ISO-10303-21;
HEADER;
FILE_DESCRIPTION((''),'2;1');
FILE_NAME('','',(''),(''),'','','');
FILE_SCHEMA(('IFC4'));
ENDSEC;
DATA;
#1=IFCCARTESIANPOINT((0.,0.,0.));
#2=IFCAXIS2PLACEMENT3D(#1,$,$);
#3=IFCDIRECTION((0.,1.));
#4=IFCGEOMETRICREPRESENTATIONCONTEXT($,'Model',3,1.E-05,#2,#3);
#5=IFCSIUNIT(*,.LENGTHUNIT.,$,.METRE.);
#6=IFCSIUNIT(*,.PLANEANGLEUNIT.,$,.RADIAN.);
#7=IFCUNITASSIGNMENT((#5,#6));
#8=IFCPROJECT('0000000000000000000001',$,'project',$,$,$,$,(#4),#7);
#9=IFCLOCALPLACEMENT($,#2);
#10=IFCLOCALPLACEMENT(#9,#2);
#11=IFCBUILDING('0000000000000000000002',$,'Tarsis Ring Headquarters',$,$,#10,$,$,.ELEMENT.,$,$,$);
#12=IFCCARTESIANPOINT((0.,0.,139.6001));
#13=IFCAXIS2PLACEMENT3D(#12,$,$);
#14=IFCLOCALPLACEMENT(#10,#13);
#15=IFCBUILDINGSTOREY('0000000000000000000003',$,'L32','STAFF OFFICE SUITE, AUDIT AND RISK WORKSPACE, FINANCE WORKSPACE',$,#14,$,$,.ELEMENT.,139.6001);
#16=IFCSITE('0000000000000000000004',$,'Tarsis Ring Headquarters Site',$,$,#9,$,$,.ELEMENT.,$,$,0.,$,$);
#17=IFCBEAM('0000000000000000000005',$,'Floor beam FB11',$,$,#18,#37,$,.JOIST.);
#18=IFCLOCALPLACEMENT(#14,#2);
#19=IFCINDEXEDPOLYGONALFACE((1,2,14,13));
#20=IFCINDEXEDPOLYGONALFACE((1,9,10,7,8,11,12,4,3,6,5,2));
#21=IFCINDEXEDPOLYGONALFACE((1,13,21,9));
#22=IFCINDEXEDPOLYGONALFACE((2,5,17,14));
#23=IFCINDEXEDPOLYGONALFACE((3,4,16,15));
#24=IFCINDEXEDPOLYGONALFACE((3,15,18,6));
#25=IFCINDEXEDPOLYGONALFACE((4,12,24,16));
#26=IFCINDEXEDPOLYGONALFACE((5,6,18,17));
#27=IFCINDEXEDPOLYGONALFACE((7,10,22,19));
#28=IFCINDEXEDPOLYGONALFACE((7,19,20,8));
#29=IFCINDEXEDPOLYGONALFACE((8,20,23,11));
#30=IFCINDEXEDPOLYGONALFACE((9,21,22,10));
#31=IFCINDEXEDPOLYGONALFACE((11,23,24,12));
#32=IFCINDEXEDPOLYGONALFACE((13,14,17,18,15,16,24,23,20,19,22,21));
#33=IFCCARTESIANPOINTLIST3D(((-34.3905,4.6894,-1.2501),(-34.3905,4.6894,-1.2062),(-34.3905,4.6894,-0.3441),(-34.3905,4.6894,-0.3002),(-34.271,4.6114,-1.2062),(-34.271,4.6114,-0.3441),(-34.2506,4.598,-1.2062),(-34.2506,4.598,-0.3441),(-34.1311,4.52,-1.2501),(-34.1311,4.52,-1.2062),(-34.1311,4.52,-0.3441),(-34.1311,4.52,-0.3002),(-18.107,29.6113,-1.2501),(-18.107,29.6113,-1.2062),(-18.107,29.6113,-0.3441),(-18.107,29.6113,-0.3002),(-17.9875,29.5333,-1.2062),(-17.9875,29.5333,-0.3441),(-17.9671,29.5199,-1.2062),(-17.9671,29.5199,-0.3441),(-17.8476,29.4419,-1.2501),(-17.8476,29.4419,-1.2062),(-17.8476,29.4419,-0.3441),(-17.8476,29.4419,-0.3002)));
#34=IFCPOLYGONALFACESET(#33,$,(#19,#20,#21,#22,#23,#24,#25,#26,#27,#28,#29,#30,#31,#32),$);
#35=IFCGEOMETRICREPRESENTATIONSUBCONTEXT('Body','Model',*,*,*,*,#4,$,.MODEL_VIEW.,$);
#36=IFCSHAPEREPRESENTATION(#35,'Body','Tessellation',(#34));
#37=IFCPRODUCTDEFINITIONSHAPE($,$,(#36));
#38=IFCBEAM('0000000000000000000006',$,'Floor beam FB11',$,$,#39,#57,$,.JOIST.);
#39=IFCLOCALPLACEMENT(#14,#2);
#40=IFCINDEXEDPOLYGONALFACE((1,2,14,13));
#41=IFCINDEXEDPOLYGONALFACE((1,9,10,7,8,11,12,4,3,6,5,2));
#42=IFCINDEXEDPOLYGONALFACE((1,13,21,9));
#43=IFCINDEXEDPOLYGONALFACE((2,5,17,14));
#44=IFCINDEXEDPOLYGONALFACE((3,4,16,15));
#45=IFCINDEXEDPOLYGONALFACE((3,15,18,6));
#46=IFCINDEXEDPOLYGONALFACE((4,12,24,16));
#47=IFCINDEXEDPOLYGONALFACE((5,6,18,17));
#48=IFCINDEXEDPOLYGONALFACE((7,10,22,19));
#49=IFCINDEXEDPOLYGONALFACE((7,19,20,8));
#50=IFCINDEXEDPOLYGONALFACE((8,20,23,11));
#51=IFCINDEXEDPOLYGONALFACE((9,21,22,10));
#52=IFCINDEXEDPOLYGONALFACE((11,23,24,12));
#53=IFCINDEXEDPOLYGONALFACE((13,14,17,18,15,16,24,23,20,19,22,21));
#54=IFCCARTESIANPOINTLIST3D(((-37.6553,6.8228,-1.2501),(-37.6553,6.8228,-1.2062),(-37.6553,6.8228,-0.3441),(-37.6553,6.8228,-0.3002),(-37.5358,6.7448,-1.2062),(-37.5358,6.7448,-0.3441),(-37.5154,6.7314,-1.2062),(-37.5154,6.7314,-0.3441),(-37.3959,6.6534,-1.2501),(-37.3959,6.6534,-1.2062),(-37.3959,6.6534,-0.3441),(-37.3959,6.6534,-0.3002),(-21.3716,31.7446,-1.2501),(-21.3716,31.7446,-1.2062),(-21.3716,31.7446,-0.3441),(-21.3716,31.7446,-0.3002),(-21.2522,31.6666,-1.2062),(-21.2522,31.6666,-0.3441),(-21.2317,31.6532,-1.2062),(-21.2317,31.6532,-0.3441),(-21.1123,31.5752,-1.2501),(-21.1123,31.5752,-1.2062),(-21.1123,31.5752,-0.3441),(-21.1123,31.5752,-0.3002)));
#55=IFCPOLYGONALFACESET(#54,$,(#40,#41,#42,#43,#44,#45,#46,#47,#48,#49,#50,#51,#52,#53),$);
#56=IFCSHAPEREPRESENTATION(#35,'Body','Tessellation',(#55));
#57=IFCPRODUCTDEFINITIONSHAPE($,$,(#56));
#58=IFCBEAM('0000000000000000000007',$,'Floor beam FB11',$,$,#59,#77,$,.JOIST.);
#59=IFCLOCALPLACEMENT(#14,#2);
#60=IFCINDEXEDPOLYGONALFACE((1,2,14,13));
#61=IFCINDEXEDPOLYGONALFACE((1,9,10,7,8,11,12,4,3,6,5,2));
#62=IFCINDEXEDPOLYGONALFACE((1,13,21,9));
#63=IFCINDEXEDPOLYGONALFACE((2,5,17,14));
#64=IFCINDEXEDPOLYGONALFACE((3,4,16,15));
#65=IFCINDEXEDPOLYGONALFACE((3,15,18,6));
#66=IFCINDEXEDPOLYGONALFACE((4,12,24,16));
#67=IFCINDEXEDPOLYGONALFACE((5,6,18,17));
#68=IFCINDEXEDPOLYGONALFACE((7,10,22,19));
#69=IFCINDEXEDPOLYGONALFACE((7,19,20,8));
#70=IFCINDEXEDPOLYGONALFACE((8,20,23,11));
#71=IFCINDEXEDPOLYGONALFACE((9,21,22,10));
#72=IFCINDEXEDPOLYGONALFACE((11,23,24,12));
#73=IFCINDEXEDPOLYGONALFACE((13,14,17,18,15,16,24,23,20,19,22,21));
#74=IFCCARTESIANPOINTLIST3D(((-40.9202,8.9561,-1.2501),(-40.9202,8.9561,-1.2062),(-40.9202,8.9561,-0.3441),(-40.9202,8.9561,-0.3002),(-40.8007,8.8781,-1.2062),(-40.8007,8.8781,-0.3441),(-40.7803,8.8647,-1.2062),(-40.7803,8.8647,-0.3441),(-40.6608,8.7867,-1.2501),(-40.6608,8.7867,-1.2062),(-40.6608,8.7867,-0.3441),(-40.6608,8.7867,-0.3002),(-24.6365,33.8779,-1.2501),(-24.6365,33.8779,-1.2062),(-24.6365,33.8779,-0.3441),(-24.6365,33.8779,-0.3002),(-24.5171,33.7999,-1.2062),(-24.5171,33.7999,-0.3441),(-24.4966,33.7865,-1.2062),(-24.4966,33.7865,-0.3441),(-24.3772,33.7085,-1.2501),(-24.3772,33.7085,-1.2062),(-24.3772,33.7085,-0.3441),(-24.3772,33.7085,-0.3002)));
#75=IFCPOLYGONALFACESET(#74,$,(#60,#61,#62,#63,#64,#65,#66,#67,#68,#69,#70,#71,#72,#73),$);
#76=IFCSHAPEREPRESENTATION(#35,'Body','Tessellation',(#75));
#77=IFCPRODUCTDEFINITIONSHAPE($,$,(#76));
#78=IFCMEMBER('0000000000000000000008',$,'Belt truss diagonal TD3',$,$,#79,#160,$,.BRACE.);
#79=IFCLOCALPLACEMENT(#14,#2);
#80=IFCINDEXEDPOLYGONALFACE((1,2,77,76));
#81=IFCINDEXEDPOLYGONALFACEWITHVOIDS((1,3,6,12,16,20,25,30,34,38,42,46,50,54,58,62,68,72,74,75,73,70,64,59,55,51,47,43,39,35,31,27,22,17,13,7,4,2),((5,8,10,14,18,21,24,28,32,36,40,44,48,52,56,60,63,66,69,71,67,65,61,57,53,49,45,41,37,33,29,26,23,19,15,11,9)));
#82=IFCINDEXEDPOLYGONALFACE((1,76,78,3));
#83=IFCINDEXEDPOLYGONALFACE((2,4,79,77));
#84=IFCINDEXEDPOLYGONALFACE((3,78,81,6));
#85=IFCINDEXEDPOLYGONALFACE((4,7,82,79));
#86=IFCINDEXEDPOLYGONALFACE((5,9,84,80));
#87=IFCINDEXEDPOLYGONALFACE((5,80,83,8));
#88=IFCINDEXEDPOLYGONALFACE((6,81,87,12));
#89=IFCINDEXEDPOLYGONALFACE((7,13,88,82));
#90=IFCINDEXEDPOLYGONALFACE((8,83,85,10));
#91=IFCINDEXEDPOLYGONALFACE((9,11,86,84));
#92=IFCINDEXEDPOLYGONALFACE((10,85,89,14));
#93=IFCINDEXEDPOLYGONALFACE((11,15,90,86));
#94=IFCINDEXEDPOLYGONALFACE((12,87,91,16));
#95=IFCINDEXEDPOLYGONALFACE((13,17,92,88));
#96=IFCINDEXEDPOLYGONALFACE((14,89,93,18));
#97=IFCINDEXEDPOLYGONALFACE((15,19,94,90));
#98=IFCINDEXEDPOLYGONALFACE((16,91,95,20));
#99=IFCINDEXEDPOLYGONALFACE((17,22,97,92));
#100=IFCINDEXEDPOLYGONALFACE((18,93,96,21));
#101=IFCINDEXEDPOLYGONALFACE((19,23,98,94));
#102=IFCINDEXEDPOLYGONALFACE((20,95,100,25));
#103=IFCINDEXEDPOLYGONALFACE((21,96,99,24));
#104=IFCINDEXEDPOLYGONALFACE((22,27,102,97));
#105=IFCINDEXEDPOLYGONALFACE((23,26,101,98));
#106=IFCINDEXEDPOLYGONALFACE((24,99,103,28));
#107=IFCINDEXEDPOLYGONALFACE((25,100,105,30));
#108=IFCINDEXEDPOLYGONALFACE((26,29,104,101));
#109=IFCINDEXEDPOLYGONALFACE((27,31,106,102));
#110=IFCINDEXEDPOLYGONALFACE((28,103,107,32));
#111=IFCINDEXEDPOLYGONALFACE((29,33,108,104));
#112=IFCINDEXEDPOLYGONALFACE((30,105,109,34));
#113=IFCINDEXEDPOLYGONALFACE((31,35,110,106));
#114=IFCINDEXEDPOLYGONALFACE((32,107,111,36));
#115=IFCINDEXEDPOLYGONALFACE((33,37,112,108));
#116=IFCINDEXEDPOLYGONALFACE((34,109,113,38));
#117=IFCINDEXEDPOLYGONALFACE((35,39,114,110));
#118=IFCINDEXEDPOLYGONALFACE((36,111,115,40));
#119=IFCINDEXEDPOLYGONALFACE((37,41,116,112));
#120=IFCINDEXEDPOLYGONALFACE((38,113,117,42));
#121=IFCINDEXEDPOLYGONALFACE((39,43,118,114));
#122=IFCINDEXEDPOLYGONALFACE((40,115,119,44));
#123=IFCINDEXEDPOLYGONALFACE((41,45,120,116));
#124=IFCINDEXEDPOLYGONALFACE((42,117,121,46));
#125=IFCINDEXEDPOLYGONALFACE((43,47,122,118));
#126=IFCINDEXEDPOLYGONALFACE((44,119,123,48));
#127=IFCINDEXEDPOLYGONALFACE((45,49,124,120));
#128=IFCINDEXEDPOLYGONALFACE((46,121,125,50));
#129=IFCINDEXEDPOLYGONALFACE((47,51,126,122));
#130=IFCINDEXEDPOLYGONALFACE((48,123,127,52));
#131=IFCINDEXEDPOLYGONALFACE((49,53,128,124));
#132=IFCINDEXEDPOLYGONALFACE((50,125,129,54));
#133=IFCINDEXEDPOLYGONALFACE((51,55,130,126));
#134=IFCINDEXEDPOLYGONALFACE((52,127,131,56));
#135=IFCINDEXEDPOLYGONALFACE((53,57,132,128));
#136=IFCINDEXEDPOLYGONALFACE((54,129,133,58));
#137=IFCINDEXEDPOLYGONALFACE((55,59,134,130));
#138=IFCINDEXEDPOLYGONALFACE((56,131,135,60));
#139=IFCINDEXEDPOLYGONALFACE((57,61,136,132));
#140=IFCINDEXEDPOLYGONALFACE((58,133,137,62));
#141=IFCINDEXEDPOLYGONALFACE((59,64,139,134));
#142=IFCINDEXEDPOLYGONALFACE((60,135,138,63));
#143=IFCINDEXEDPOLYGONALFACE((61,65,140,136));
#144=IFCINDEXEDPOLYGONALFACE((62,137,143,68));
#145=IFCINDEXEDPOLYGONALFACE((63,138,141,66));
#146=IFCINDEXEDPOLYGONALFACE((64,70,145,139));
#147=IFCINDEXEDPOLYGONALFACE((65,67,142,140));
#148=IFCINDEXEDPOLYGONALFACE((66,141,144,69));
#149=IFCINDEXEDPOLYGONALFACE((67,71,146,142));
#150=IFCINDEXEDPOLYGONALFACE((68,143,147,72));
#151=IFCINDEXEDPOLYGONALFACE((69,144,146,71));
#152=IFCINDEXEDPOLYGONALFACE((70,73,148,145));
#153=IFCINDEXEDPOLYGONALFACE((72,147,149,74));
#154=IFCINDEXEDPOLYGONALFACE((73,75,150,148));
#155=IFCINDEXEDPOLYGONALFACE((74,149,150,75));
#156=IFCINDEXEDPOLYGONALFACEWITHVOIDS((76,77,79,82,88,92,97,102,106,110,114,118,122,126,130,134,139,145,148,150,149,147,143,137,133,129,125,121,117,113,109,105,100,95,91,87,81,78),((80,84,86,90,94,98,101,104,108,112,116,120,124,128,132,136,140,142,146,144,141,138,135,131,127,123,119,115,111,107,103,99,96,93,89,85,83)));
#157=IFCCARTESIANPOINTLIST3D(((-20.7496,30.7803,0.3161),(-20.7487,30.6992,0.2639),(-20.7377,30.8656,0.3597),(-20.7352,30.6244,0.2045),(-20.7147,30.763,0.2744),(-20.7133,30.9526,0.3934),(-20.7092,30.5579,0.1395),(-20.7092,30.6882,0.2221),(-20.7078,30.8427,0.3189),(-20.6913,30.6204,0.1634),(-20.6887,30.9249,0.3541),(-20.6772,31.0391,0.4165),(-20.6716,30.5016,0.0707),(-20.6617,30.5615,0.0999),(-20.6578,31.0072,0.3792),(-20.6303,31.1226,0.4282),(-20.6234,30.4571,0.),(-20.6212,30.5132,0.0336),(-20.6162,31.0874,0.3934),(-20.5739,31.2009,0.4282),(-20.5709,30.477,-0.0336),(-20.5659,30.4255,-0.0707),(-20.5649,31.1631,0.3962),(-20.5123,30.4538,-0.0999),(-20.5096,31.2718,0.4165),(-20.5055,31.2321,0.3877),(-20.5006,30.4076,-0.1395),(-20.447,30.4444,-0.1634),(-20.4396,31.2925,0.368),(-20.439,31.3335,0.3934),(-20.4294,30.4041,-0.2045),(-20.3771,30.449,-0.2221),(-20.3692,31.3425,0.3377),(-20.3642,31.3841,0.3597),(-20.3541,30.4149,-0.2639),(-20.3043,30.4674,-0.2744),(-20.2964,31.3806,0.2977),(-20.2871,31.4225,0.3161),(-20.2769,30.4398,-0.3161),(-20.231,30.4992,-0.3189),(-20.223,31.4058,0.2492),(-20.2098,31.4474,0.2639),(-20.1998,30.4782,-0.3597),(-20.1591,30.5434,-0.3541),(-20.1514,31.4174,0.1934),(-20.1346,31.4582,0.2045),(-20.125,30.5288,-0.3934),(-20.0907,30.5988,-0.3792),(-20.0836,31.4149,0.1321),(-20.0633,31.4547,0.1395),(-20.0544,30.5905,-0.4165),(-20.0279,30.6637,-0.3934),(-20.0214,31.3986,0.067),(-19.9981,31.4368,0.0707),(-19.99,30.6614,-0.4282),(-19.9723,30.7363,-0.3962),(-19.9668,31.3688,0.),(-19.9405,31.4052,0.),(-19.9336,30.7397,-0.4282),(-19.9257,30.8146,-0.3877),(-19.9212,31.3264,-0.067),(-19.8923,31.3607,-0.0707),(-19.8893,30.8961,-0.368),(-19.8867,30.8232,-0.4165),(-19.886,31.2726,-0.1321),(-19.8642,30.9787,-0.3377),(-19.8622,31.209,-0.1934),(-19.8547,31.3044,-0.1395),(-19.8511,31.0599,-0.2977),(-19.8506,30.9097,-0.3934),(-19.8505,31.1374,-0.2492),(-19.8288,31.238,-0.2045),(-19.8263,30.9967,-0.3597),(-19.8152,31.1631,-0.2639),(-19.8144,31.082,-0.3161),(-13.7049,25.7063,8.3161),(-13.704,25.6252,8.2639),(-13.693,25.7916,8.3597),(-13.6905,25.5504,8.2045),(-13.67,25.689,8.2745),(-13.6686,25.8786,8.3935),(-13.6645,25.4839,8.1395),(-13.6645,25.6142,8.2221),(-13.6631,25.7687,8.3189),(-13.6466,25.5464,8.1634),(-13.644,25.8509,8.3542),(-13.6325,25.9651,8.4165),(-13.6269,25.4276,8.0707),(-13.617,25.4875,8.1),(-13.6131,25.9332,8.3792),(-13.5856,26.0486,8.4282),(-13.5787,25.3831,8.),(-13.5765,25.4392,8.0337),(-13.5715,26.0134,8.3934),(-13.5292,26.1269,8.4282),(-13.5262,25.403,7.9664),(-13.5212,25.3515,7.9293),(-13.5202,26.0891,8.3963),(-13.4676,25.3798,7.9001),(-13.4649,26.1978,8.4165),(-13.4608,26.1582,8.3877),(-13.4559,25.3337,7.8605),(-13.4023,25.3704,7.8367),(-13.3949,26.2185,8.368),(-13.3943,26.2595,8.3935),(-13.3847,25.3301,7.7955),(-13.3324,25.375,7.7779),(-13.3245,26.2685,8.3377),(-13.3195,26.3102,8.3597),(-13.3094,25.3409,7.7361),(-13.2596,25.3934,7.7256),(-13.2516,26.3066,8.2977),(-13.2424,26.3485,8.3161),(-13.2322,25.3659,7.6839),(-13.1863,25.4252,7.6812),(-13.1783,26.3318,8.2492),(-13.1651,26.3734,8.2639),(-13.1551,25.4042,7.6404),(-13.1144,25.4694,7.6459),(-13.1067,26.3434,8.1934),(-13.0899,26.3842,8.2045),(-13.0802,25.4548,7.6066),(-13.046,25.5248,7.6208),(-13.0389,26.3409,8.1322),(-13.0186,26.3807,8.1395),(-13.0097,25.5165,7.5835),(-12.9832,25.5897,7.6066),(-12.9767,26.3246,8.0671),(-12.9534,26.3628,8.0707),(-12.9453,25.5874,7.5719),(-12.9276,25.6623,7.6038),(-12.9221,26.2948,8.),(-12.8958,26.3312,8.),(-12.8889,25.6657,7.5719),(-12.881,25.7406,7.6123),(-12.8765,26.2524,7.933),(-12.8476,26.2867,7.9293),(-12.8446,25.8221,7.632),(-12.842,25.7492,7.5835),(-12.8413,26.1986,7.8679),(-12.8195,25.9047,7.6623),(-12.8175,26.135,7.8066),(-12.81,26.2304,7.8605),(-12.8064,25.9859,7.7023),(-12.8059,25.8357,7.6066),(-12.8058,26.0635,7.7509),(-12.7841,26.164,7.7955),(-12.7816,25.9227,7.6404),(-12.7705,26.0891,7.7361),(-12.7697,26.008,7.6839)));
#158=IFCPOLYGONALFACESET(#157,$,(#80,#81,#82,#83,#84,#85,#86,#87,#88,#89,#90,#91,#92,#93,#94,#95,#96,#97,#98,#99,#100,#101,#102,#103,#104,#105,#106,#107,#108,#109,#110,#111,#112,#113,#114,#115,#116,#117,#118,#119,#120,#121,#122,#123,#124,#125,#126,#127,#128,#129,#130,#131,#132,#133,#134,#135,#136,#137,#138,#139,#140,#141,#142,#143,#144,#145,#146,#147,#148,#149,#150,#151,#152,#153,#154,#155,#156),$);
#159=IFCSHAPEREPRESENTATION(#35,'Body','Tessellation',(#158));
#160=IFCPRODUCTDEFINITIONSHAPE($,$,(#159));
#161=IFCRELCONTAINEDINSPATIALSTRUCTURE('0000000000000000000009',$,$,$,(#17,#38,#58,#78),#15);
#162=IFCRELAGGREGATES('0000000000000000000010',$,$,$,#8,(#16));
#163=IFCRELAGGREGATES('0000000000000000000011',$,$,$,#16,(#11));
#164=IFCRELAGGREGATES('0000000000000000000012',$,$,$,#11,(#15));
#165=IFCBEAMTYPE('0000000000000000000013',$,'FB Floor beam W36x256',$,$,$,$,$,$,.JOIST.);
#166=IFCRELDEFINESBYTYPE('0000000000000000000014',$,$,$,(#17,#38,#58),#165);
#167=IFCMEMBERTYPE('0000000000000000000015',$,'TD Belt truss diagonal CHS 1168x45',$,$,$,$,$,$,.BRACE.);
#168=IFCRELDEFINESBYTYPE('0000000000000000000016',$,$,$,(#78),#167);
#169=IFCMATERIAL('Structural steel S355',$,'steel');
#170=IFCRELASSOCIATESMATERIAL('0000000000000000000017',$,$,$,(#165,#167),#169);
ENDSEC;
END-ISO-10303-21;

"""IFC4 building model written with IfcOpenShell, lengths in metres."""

from ifc_helpers import new_model, si_unit, direction, frame, origin, origin_2d, place, context, subcontext, project, spatial, hollow_circle, i_section, extrude, material, material_profile, profile_set, type_object, element, save


model = new_model("IFC4")

# Units and contexts
model_context = context("Model", 3, precision=1e-05, world=origin(), true_north=direction((0.0, 1.0)))
body_context = subcontext(model_context, "Body", "Model", "MODEL_VIEW")
ifc_project = project(units=[si_unit("LENGTHUNIT", "METRE"), si_unit("PLANEANGLEUNIT", "RADIAN")], contexts=[model_context])

# Site, building, storey
site_placement = place(None, origin())
site = spatial("IfcSite", under=ifc_project, at=site_placement, Name="Tarsis Ring Headquarters Site", CompositionType="ELEMENT", RefElevation=0.0)
building_placement = place(site_placement, origin())
building = spatial("IfcBuilding", under=site, at=building_placement, Name="Tarsis Ring Headquarters", CompositionType="ELEMENT")
storey_placement = place(building_placement, frame((0.0, 0.0, 139.6001)))
storey = spatial("IfcBuildingStorey", under=building, at=storey_placement, Name="L32", Description="STAFF OFFICE SUITE, AUDIT AND RISK WORKSPACE, FINANCE WORKSPACE", CompositionType="ELEMENT", Elevation=139.6001)

# Shared definitions
ifc_material_1 = material(Name="Structural steel S355", Category="steel")
ifc_material_profile_1 = material_profile(ifc_material_1, hollow_circle(Radius=0.5842, WallThickness=0.0449, at=origin_2d()), Name="CHS 1168x45")
ifc_profile_set_1 = profile_set([ifc_material_profile_1], Name="Structural steel S355")

# Beams
ifc_material_profile_2 = material_profile(ifc_material_1, i_section(OverallWidth=0.3098, OverallDepth=0.95, WebThickness=0.0244, FlangeThickness=0.0439, at=origin_2d()), Name="W36x256")
ifc_profile_set_2 = profile_set([ifc_material_profile_2], Name="Structural steel S355")
beam_type_1 = type_object("IfcBeamType", Name="FB Floor beam W36x256", PredefinedType="JOIST", material=ifc_profile_set_2)
for number, where, z_axis, x_axis, name in (
    (1, (-17.9773, 29.5266, -0.7751), (-0.546976, -0.837148, 0.0), (0.837148, -0.546976, 0.0), "Floor beam FB11"),
    (2, (-21.2419, 31.6599, -0.7751), (-0.546982, -0.837145, 0.0), (0.837145, -0.546982, 0.0), "Floor beam FB11"),
    (3, (-24.5068, 33.7932, -0.7751), (-0.546982, -0.837145, 0.0), (0.837145, -0.546982, 0.0), "Floor beam FB11"),
):
    element("IfcBeam", number, at=place(storey_placement, frame(where, z_axis=z_axis, x_axis=x_axis)), inside=storey, type_object=beam_type_1, Name=name, PredefinedType="JOIST", context=body_context, shape_type="SweptSolid", body=[
        extrude(i_section(OverallWidth=0.3098, OverallDepth=0.95, WebThickness=0.0244, FlangeThickness=0.0439, at=origin_2d()), origin(), (0.0, 0.0, 1.0), 29.77),
    ])

# Member
member_type_1 = type_object("IfcMemberType", Name="TD Belt truss diagonal CHS 1168x45", PredefinedType="BRACE", material=ifc_profile_set_1)
member_1_placement = place(storey_placement, frame((-20.282, 30.9312, 0.0), z_axis=(0.596722, -0.429793, 0.677643), x_axis=(0.584442, 0.811436, 0.0)))
element("IfcMember", 4, at=member_1_placement, inside=storey, type_object=member_type_1, Name="Belt truss diagonal TD3", PredefinedType="BRACE", context=body_context, shape_type="SweptSolid", body=[
    extrude(hollow_circle(Radius=0.5842, WallThickness=0.0449, at=origin_2d()), origin(), (0.0, 0.0, 1.0), 11.8057),
])

save(model, "model.ifc")
